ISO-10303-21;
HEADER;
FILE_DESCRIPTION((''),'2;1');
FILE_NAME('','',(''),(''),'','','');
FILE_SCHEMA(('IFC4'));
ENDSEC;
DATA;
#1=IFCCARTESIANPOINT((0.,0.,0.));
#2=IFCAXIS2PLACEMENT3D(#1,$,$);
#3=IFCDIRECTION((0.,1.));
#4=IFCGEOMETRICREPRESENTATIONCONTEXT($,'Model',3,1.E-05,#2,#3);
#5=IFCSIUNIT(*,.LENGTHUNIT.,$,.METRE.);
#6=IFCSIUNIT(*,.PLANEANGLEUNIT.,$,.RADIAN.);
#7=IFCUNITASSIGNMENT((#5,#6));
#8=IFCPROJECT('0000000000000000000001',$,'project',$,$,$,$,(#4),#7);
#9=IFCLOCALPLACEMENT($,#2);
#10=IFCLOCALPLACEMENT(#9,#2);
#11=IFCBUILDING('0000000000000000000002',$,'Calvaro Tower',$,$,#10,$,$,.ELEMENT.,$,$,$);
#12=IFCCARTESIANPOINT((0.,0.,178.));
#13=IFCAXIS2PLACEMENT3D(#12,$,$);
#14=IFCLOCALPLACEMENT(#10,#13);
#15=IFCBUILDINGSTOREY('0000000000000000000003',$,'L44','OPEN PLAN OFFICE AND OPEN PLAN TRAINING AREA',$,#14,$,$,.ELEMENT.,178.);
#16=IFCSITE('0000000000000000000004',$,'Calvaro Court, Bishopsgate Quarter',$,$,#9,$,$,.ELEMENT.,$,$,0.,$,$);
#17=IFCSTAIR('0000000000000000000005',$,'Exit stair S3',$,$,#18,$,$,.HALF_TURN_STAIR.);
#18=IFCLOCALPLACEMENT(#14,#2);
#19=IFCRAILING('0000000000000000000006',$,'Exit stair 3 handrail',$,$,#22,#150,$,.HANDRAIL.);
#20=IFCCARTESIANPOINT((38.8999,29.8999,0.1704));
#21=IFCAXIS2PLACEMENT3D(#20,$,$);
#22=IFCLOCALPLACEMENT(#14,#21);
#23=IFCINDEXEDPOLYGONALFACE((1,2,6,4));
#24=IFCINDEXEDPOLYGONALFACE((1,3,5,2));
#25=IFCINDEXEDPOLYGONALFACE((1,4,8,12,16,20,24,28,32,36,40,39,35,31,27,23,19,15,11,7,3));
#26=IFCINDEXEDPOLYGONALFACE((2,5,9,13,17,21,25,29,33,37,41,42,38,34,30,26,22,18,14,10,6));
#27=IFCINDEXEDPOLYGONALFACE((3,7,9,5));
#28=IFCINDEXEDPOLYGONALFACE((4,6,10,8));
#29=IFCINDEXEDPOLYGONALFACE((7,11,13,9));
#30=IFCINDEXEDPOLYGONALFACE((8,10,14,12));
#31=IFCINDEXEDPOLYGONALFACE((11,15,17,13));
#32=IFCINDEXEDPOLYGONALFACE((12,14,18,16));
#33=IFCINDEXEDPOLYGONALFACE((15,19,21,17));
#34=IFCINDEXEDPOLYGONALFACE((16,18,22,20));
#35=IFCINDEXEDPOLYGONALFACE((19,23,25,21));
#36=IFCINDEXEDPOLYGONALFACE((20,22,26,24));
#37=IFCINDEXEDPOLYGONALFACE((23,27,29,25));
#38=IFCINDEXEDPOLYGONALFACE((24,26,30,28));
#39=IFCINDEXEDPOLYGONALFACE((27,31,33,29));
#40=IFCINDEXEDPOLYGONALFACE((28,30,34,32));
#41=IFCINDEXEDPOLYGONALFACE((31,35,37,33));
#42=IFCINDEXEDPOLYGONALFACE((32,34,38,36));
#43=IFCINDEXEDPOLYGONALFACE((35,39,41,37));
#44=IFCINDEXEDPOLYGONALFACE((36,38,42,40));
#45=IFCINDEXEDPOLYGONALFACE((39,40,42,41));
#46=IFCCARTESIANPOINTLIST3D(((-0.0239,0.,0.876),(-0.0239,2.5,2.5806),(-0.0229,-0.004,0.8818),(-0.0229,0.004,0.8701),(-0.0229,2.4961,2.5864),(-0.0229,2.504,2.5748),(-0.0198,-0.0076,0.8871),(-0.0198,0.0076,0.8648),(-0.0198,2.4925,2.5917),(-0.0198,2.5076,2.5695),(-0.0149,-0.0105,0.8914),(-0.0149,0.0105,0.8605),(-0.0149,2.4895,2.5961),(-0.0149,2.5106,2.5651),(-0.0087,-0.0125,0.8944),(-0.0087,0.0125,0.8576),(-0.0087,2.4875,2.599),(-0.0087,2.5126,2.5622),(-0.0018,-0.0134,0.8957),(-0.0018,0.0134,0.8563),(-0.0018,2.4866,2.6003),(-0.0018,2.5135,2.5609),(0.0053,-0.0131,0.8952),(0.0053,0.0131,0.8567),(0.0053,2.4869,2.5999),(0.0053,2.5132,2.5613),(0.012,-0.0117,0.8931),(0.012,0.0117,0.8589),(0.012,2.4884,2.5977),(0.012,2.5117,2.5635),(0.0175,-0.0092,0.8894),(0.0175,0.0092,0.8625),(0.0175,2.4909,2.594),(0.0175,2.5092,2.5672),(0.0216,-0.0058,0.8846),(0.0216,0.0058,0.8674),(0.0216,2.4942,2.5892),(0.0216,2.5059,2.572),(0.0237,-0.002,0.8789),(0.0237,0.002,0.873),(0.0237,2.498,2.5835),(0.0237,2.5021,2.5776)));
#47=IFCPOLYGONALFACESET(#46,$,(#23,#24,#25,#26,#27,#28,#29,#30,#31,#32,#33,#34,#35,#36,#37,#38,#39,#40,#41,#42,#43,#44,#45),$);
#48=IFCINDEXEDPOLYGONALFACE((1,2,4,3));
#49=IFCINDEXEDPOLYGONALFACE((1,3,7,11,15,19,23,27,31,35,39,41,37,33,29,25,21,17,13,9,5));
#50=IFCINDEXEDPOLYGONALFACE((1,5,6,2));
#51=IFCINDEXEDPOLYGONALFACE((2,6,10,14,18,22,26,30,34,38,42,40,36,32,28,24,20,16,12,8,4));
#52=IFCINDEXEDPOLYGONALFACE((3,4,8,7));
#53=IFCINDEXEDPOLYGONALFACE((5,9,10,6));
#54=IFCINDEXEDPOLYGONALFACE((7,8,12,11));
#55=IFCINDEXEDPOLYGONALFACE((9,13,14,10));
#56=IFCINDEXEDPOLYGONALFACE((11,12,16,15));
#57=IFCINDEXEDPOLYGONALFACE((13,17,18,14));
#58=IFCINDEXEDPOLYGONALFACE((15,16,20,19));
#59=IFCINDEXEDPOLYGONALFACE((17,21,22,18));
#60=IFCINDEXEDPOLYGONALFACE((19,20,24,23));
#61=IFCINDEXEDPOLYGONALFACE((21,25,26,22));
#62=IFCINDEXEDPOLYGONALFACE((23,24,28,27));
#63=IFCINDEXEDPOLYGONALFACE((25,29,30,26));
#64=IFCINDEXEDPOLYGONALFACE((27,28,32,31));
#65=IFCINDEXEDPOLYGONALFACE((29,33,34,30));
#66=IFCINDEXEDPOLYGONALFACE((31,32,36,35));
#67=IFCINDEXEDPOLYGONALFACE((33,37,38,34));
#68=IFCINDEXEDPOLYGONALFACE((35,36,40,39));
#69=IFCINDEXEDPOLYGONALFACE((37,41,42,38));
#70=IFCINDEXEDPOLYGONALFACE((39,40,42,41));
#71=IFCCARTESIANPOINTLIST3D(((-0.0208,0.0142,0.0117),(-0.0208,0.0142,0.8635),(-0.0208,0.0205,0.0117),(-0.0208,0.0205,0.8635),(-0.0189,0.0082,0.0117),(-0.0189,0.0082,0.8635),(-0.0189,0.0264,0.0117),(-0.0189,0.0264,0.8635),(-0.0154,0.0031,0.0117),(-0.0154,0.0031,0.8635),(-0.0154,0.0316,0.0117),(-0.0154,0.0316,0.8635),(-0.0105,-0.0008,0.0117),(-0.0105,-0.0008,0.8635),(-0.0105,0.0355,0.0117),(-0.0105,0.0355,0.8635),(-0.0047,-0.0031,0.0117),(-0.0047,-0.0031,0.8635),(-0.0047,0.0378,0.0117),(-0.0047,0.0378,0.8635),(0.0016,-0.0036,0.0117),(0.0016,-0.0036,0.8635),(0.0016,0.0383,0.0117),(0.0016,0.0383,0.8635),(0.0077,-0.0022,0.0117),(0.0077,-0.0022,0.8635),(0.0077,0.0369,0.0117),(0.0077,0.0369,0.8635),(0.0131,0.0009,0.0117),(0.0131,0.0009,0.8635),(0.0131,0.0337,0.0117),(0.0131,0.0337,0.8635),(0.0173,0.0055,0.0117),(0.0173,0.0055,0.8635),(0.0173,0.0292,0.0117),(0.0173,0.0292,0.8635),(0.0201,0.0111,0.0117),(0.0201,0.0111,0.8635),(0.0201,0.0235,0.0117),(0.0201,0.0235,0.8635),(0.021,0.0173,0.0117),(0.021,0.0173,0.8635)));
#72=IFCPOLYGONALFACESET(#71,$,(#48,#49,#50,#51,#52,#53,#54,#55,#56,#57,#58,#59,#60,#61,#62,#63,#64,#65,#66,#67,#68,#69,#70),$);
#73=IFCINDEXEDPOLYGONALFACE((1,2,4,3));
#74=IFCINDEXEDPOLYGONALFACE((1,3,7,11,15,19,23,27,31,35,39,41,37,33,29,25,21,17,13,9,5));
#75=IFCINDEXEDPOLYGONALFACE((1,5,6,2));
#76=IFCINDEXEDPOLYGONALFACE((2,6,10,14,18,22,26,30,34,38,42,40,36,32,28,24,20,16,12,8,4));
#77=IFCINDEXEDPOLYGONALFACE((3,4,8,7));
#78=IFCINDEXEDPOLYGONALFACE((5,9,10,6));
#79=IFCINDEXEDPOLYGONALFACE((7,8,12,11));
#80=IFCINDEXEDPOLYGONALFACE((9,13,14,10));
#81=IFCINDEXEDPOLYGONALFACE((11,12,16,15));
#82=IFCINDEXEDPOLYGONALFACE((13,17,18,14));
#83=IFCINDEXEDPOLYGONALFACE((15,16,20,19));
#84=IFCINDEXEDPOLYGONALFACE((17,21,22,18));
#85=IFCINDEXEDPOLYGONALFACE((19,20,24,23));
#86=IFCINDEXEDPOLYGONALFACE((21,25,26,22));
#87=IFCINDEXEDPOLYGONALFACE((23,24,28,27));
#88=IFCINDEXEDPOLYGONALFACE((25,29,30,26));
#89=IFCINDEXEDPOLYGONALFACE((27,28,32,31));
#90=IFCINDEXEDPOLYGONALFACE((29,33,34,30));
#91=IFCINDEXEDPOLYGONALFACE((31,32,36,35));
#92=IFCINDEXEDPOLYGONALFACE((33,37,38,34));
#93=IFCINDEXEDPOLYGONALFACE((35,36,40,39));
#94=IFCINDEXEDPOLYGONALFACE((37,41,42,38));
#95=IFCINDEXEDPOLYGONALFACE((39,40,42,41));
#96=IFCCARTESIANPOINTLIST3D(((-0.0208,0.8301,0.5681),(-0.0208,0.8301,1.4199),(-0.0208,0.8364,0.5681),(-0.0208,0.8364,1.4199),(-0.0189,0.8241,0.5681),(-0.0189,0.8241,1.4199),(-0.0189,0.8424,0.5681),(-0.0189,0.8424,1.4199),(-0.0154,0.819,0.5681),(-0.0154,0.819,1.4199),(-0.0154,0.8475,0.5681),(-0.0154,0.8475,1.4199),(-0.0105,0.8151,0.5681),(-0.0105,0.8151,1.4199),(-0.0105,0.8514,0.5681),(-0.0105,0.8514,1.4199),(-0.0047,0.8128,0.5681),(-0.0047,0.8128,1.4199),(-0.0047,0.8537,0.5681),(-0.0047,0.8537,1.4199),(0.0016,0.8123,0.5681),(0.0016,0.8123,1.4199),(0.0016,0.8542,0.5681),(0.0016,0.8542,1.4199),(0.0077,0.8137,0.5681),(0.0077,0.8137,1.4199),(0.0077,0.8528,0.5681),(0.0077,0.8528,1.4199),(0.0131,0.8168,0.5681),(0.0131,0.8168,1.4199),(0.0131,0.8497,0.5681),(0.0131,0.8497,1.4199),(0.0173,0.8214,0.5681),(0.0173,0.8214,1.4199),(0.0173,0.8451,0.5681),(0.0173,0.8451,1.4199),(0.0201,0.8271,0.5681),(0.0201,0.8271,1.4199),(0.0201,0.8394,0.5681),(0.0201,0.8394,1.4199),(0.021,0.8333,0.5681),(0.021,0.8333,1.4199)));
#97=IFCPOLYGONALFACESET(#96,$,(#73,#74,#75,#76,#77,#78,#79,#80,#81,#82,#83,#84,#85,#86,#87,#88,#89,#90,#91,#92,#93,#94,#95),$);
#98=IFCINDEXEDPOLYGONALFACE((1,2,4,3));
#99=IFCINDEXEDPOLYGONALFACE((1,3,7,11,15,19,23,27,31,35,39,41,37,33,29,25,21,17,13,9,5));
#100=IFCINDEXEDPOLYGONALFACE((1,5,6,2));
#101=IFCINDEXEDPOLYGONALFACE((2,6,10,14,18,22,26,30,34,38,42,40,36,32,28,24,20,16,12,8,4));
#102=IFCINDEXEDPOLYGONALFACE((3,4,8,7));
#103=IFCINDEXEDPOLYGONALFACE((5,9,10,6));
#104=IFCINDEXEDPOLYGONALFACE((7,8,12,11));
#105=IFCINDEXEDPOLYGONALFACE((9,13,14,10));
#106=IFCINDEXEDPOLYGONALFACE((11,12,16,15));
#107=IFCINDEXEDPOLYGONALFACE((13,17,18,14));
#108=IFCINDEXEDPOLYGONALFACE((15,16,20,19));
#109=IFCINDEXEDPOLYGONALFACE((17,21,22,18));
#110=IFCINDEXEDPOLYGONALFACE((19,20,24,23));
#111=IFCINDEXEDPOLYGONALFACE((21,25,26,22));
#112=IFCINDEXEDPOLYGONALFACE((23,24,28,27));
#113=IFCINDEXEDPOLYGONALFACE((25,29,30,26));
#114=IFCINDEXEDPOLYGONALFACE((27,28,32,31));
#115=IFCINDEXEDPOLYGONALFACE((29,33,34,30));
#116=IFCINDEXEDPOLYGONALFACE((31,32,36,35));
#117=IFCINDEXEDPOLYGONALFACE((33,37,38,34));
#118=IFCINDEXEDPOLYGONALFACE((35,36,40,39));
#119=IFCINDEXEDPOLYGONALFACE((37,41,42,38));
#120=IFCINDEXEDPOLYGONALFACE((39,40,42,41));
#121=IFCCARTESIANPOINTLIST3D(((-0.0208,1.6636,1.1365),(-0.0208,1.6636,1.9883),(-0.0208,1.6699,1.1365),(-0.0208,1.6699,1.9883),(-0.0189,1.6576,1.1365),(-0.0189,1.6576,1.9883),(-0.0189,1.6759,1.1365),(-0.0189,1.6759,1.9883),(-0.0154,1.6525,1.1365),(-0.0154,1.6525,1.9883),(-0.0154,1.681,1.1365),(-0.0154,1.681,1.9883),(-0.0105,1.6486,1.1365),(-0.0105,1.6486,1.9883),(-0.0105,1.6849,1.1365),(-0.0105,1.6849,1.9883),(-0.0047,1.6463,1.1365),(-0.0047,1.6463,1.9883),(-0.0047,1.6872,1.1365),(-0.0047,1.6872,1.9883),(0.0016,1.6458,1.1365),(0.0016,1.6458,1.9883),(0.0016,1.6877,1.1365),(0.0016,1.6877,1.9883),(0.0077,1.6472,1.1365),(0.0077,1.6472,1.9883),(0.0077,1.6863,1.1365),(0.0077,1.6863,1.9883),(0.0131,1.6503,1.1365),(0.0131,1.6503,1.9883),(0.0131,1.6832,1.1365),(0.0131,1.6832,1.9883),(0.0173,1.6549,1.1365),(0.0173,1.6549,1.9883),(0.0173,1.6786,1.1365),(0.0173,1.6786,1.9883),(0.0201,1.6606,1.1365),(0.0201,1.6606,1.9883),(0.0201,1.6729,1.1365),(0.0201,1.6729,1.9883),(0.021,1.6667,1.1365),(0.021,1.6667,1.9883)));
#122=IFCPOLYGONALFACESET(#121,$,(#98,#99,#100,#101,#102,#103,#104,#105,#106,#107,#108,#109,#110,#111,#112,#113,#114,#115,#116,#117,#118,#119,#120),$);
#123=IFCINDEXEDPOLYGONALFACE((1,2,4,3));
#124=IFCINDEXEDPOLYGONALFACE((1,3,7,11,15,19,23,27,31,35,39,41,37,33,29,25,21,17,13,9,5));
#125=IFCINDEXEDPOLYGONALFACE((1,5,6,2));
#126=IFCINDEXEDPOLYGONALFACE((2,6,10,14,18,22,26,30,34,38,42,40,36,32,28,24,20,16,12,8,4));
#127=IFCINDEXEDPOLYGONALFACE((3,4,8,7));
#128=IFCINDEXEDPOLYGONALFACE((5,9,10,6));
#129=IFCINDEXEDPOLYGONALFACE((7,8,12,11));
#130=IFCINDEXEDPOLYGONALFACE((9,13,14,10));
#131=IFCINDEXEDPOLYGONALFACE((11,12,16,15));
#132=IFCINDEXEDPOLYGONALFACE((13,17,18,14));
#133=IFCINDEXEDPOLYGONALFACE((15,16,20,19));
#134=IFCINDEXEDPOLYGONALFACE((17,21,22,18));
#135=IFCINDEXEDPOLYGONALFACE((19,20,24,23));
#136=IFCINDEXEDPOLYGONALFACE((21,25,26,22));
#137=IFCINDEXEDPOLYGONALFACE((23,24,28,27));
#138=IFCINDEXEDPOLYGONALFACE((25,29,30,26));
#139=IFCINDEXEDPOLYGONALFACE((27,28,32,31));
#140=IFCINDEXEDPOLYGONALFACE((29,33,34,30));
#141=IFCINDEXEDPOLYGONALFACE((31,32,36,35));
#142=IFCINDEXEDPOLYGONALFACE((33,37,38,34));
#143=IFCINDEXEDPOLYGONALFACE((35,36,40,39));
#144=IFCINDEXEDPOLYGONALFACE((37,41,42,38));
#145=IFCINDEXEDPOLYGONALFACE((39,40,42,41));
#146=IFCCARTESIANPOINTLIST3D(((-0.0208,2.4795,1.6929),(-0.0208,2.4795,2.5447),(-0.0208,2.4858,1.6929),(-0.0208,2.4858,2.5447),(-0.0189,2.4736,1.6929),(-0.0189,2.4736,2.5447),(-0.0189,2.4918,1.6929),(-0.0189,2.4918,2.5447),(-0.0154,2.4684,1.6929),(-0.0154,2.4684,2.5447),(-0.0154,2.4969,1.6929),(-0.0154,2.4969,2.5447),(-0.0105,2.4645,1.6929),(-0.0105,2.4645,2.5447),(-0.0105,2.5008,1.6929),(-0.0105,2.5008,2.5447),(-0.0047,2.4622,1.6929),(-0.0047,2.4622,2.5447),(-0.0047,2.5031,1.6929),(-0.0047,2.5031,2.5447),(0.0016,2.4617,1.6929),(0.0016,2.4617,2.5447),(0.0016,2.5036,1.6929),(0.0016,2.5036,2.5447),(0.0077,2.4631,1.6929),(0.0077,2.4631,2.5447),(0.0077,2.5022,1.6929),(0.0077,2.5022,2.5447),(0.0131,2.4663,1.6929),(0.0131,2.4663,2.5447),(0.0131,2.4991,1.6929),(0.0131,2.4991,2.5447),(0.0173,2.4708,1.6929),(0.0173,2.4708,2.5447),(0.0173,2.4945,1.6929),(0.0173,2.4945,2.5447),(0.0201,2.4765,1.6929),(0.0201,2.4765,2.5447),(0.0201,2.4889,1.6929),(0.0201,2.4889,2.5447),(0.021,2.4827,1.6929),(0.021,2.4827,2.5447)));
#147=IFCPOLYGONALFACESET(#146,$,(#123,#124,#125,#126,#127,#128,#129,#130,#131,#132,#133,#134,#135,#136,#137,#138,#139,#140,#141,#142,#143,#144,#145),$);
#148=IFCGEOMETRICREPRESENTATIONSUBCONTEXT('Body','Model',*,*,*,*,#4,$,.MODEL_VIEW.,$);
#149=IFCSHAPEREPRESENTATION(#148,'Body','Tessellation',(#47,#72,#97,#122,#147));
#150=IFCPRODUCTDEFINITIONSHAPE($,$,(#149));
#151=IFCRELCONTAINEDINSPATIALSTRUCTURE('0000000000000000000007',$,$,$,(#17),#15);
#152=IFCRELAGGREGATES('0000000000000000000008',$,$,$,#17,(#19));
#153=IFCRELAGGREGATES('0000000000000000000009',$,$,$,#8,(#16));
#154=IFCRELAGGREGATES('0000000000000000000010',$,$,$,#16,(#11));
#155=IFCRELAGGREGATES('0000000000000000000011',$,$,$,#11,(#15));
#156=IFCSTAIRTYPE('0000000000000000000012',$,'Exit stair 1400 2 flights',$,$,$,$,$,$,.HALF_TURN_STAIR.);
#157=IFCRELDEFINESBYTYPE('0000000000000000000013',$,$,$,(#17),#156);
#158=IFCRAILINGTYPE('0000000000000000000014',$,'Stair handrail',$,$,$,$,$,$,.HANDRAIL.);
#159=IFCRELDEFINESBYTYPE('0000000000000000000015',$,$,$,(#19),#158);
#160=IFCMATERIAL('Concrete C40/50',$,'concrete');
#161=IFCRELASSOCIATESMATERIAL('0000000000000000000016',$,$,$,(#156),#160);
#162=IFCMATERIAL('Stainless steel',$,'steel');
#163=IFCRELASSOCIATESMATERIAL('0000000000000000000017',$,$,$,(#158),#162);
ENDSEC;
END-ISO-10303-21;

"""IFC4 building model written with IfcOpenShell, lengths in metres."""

from ifc_helpers import new_model, si_unit, direction, frame, origin, origin_2d, place, context, subcontext, project, spatial, circle, extrude, material, type_object, element, aggregate, save


model = new_model("IFC4")

# Units and contexts
model_context = context("Model", 3, precision=1e-05, world=origin(), true_north=direction((0.0, 1.0)))
body_context = subcontext(model_context, "Body", "Model", "MODEL_VIEW")
ifc_project = project(units=[si_unit("LENGTHUNIT", "METRE"), si_unit("PLANEANGLEUNIT", "RADIAN")], contexts=[model_context])

# Site, building, storey
site_placement = place(None, origin())
site = spatial("IfcSite", under=ifc_project, at=site_placement, Name="Calvaro Court, Bishopsgate Quarter", CompositionType="ELEMENT", RefElevation=0.0)
building_placement = place(site_placement, origin())
building = spatial("IfcBuilding", under=site, at=building_placement, Name="Calvaro Tower", CompositionType="ELEMENT")
storey_placement = place(building_placement, frame((0.0, 0.0, 178.0)))
storey = spatial("IfcBuildingStorey", under=building, at=storey_placement, Name="L44", Description="OPEN PLAN OFFICE AND OPEN PLAN TRAINING AREA", CompositionType="ELEMENT", Elevation=178.0)

# Stair, railing
ifc_material_1 = material(Name="Concrete C40/50", Category="concrete")
stair_type = type_object("IfcStairType", Name="Exit stair 1400 2 flights", PredefinedType="HALF_TURN_STAIR", material=ifc_material_1)
stair_placement = place(storey_placement, origin())
stair = element("IfcStair", 1, at=stair_placement, inside=storey, type_object=stair_type, Name="Exit stair S3", PredefinedType="HALF_TURN_STAIR")
ifc_material_2 = material(Name="Stainless steel", Category="steel")
railing_type = type_object("IfcRailingType", Name="Stair handrail", PredefinedType="HANDRAIL", material=ifc_material_2)
railing_1_placement = place(storey_placement, frame((38.8999, 29.8999, 0.1704)))
railing_1 = element("IfcRailing", 2, at=railing_1_placement, type_object=railing_type, Name="Exit stair 3 handrail", PredefinedType="HANDRAIL", context=body_context, shape_type="SweptSolid", body=[
    extrude(circle(Radius=0.0239, at=origin_2d()), frame((0.0, 0.0, 0.876), z_axis=(0.0, 0.826221, 0.563347), x_axis=(-1.0, 0.0, 0.0)), (0.0, 0.0, 1.0), 3.0259),
    extrude(circle(Radius=0.021, at=origin_2d()), frame((0.0, 0.0173, 0.0117)), (0.0, 0.0, 1.0), 0.8518),
    extrude(circle(Radius=0.021, at=origin_2d()), frame((0.0, 0.8333, 0.5681)), (0.0, 0.0, 1.0), 0.8518),
    extrude(circle(Radius=0.021, at=origin_2d()), frame((0.0, 1.6667, 1.1365)), (0.0, 0.0, 1.0), 0.8518),
    extrude(circle(Radius=0.021, at=origin_2d()), frame((0.0, 2.4827, 1.6929)), (0.0, 0.0, 1.0), 0.8518),
])
aggregate(stair, [railing_1])

save(model, "model.ifc")
